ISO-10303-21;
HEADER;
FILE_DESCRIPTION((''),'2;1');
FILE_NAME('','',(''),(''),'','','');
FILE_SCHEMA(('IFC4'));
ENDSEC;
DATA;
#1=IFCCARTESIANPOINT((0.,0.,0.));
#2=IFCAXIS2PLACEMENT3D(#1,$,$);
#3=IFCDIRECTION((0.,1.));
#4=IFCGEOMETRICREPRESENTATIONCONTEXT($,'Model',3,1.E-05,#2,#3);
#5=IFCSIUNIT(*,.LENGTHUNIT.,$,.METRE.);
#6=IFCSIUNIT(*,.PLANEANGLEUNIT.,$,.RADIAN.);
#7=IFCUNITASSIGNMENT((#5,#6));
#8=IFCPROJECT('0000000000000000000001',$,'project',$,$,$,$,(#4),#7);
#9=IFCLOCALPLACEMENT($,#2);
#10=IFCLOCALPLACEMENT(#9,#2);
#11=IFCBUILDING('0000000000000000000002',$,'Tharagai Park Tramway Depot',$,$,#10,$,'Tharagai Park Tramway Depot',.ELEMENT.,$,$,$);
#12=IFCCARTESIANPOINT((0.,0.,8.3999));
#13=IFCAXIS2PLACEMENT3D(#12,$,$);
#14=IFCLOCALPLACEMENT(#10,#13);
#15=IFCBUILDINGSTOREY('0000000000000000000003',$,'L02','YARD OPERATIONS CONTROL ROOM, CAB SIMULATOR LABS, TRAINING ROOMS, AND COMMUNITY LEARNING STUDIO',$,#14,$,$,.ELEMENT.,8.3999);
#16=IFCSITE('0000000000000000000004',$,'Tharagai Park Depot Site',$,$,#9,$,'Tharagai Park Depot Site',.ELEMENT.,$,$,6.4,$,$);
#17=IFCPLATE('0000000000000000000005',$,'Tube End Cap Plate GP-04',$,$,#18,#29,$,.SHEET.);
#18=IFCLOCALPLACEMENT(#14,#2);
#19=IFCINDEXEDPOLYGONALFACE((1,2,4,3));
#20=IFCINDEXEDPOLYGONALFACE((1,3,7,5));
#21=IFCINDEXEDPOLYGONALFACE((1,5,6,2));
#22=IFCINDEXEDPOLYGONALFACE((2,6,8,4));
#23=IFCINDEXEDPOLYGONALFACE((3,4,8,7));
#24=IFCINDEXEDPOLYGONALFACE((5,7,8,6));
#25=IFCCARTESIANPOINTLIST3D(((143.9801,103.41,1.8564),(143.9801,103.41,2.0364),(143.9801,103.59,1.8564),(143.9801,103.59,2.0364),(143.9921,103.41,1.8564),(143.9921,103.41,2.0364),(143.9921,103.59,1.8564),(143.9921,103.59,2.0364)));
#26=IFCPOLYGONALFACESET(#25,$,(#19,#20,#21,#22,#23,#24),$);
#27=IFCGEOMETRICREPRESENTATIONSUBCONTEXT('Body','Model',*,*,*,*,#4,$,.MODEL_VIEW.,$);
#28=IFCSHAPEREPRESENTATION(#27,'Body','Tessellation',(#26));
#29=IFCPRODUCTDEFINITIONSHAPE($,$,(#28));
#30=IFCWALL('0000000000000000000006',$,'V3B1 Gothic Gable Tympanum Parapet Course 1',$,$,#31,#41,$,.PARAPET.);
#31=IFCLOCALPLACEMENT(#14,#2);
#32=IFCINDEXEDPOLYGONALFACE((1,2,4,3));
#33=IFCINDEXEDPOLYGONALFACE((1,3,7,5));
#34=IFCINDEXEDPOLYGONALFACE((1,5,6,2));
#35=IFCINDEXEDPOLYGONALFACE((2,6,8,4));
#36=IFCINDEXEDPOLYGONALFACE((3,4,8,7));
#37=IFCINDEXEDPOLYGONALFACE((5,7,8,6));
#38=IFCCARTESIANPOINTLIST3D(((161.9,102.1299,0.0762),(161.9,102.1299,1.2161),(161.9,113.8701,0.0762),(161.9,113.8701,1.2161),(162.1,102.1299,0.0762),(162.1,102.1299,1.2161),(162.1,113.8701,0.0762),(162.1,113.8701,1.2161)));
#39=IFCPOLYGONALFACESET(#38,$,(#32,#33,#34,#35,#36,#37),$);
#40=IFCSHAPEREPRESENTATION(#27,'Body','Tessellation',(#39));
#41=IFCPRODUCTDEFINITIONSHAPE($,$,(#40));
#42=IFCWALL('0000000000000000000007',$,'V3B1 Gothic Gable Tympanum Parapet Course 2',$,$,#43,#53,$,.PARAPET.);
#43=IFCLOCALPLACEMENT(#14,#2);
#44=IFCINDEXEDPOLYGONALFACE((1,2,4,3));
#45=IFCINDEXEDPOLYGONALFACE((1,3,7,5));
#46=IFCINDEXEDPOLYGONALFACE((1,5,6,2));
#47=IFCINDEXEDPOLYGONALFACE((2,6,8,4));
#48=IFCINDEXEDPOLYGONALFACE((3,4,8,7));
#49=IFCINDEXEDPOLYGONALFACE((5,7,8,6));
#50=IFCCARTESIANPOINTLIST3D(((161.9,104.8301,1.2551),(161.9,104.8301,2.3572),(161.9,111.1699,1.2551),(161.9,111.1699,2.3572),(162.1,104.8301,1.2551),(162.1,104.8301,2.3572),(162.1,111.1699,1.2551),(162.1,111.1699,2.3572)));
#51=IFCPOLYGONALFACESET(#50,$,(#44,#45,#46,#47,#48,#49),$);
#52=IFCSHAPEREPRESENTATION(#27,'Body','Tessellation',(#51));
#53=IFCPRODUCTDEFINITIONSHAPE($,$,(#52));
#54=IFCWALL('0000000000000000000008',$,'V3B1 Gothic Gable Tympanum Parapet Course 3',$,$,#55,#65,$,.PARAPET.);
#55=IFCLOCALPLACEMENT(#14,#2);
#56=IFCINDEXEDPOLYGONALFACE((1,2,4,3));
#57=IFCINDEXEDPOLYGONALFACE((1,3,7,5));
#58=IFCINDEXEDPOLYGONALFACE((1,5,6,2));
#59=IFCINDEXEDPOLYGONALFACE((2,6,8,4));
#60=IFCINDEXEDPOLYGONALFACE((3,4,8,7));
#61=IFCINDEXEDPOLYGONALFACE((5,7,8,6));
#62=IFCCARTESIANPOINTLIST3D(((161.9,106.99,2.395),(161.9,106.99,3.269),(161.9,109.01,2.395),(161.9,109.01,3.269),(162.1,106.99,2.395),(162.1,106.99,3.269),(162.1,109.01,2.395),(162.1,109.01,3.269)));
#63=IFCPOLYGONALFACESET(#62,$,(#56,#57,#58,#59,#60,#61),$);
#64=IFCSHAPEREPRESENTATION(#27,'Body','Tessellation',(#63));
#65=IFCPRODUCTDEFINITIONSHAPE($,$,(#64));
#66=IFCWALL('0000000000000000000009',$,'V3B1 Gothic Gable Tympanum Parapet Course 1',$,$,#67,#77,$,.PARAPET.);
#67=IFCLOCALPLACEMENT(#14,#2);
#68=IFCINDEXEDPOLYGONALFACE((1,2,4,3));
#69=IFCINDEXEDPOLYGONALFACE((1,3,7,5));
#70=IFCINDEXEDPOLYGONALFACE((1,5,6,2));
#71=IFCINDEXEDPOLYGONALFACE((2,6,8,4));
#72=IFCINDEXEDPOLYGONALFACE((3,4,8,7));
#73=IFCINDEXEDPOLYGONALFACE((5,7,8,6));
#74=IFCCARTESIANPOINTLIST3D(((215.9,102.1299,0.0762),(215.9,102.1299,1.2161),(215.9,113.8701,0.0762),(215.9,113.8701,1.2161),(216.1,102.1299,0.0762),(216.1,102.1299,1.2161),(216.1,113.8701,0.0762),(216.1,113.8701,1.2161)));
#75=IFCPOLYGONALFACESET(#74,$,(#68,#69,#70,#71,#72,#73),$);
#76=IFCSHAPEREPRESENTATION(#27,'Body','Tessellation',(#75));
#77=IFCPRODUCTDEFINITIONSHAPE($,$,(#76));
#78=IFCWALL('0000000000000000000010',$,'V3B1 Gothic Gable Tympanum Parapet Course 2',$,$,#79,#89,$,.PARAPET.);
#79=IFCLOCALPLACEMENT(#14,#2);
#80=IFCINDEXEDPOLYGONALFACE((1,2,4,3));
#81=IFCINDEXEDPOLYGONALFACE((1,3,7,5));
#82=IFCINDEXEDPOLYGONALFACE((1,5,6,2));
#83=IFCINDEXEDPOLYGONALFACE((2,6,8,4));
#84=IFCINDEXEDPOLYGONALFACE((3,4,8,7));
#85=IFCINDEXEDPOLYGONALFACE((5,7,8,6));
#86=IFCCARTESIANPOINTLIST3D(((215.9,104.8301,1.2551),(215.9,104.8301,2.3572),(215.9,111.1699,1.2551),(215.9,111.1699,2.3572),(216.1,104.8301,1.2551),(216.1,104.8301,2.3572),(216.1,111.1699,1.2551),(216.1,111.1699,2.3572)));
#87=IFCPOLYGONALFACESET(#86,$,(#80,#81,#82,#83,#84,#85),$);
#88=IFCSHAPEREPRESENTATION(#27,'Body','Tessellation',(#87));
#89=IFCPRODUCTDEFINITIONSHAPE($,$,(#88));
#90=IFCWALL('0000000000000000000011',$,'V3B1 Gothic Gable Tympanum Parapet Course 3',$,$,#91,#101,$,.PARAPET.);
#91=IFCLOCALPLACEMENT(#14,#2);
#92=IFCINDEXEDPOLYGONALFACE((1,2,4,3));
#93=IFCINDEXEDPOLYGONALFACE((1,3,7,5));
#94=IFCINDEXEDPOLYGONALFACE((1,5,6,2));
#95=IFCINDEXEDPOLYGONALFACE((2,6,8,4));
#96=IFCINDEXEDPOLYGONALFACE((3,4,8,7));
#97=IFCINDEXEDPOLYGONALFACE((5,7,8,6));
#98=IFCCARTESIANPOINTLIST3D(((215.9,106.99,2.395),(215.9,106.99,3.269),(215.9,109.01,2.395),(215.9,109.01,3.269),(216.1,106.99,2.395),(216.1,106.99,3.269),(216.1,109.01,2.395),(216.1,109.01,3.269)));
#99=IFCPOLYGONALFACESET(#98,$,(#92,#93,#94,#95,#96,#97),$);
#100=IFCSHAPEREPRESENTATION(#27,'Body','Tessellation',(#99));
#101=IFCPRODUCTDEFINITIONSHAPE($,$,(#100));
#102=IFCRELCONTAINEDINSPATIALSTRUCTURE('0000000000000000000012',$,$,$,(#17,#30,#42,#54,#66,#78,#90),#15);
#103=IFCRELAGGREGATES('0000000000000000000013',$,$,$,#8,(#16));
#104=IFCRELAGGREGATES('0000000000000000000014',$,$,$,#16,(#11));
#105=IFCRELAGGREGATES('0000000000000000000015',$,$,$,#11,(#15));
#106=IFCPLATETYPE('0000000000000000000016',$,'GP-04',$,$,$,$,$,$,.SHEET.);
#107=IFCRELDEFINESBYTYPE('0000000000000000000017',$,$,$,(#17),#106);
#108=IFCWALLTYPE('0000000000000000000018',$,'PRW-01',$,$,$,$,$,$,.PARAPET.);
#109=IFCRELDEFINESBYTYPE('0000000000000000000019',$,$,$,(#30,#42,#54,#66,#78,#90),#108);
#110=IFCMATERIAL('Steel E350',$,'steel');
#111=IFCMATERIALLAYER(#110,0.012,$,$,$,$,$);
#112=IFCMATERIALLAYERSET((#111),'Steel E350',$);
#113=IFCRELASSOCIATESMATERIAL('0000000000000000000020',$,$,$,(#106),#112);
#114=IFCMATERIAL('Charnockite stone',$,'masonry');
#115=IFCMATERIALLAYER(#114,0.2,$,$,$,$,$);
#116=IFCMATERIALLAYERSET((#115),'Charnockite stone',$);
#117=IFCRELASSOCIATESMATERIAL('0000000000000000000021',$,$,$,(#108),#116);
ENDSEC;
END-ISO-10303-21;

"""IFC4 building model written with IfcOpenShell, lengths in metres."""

from ifc_helpers import new_model, si_unit, direction, frame, frame_2d, origin, origin_2d, place, context, subcontext, project, spatial, rectangle, extrude, material, layer, layer_set, type_object, element, save


model = new_model("IFC4")

# Units and contexts
model_context = context("Model", 3, precision=1e-05, world=origin(), true_north=direction((0.0, 1.0)))
body_context = subcontext(model_context, "Body", "Model", "MODEL_VIEW")
ifc_project = project(units=[si_unit("LENGTHUNIT", "METRE"), si_unit("PLANEANGLEUNIT", "RADIAN")], contexts=[model_context])

# Site, building, storey
site_placement = place(None, origin())
site = spatial("IfcSite", under=ifc_project, at=site_placement, Name="Tharagai Park Depot Site", LongName="Tharagai Park Depot Site", CompositionType="ELEMENT", RefElevation=6.4)
building_placement = place(site_placement, origin())
building = spatial("IfcBuilding", under=site, at=building_placement, Name="Tharagai Park Tramway Depot", LongName="Tharagai Park Tramway Depot", CompositionType="ELEMENT")
storey_placement = place(building_placement, frame((0.0, 0.0, 8.3999)))
storey = spatial("IfcBuildingStorey", under=building, at=storey_placement, Name="L02", Description="YARD OPERATIONS CONTROL ROOM, CAB SIMULATOR LABS, TRAINING ROOMS, AND COMMUNITY LEARNING STUDIO", CompositionType="ELEMENT", Elevation=8.3999)

# Shared definitions
ifc_material_1 = material(Name="Steel E350", Category="steel")

# Plate
ifc_layer_1 = layer(ifc_material_1, 0.012)
ifc_layer_set_1 = layer_set([ifc_layer_1], Name="Steel E350")
plate_type = type_object("IfcPlateType", Name="GP-04", PredefinedType="SHEET", material=ifc_layer_set_1)
plate_placement = place(storey_placement, frame((143.9861, 103.5, 1.8564), z_axis=(0.0, 0.0, 1.0), x_axis=(1.0, 0.0, 0.0)))
element("IfcPlate", 1, at=plate_placement, inside=storey, type_object=plate_type, Name="Tube End Cap Plate GP-04", PredefinedType="SHEET", context=body_context, shape_type="SweptSolid", body=[
    extrude(rectangle(XDim=0.012, YDim=0.1799, at=origin_2d()), origin(), (0.0, 0.0, 1.0), 0.1799),
])

# Walls
ifc_material_2 = material(Name="Charnockite stone", Category="masonry")
ifc_layer_2 = layer(ifc_material_2, 0.2)
ifc_layer_set_2 = layer_set([ifc_layer_2], Name="Charnockite stone")
wall_type = type_object("IfcWallType", Name="PRW-01", PredefinedType="PARAPET", material=ifc_layer_set_2)
wall_1_placement = place(storey_placement, frame((162.0, 102.1299, 0.0762), z_axis=(0.0, 0.0, 1.0), x_axis=(0.0, 1.0, 0.0)))
element("IfcWall", 2, at=wall_1_placement, inside=storey, type_object=wall_type, Name="V3B1 Gothic Gable Tympanum Parapet Course 1", PredefinedType="PARAPET", context=body_context, shape_type="SweptSolid", body=[
    extrude(rectangle(XDim=11.7402, YDim=0.2, at=frame_2d((5.8701, 0.0))), origin(), (0.0, 0.0, 1.0), 1.1399),
])
wall_2_placement = place(storey_placement, frame((162.0, 104.8301, 1.2551), z_axis=(0.0, 0.0, 1.0), x_axis=(0.0, 1.0, 0.0)))
element("IfcWall", 3, at=wall_2_placement, inside=storey, type_object=wall_type, Name="V3B1 Gothic Gable Tympanum Parapet Course 2", PredefinedType="PARAPET", context=body_context, shape_type="SweptSolid", body=[
    extrude(rectangle(XDim=6.3398, YDim=0.2, at=frame_2d((3.1699, 0.0))), origin(), (0.0, 0.0, 1.0), 1.1021),
])
wall_3_placement = place(storey_placement, frame((162.0, 106.99, 2.395), z_axis=(0.0, 0.0, 1.0), x_axis=(0.0, 1.0, 0.0)))
element("IfcWall", 4, at=wall_3_placement, inside=storey, type_object=wall_type, Name="V3B1 Gothic Gable Tympanum Parapet Course 3", PredefinedType="PARAPET", context=body_context, shape_type="SweptSolid", body=[
    extrude(rectangle(XDim=2.02, YDim=0.2, at=frame_2d((1.01, 0.0))), origin(), (0.0, 0.0, 1.0), 0.874),
])
wall_4_placement = place(storey_placement, frame((216.0, 102.1299, 0.0762), z_axis=(0.0, 0.0, 1.0), x_axis=(0.0, 1.0, 0.0)))
element("IfcWall", 5, at=wall_4_placement, inside=storey, type_object=wall_type, Name="V3B1 Gothic Gable Tympanum Parapet Course 1", PredefinedType="PARAPET", context=body_context, shape_type="SweptSolid", body=[
    extrude(rectangle(XDim=11.7402, YDim=0.2, at=frame_2d((5.8701, 0.0))), origin(), (0.0, 0.0, 1.0), 1.1399),
])
wall_5_placement = place(storey_placement, frame((216.0, 104.8301, 1.2551), z_axis=(0.0, 0.0, 1.0), x_axis=(0.0, 1.0, 0.0)))
element("IfcWall", 6, at=wall_5_placement, inside=storey, type_object=wall_type, Name="V3B1 Gothic Gable Tympanum Parapet Course 2", PredefinedType="PARAPET", context=body_context, shape_type="SweptSolid", body=[
    extrude(rectangle(XDim=6.3398, YDim=0.2, at=frame_2d((3.1699, 0.0))), origin(), (0.0, 0.0, 1.0), 1.1021),
])
wall_6_placement = place(storey_placement, frame((216.0, 106.99, 2.395), z_axis=(0.0, 0.0, 1.0), x_axis=(0.0, 1.0, 0.0)))
element("IfcWall", 7, at=wall_6_placement, inside=storey, type_object=wall_type, Name="V3B1 Gothic Gable Tympanum Parapet Course 3", PredefinedType="PARAPET", context=body_context, shape_type="SweptSolid", body=[
    extrude(rectangle(XDim=2.02, YDim=0.2, at=frame_2d((1.01, 0.0))), origin(), (0.0, 0.0, 1.0), 0.874),
])

save(model, "model.ifc")
